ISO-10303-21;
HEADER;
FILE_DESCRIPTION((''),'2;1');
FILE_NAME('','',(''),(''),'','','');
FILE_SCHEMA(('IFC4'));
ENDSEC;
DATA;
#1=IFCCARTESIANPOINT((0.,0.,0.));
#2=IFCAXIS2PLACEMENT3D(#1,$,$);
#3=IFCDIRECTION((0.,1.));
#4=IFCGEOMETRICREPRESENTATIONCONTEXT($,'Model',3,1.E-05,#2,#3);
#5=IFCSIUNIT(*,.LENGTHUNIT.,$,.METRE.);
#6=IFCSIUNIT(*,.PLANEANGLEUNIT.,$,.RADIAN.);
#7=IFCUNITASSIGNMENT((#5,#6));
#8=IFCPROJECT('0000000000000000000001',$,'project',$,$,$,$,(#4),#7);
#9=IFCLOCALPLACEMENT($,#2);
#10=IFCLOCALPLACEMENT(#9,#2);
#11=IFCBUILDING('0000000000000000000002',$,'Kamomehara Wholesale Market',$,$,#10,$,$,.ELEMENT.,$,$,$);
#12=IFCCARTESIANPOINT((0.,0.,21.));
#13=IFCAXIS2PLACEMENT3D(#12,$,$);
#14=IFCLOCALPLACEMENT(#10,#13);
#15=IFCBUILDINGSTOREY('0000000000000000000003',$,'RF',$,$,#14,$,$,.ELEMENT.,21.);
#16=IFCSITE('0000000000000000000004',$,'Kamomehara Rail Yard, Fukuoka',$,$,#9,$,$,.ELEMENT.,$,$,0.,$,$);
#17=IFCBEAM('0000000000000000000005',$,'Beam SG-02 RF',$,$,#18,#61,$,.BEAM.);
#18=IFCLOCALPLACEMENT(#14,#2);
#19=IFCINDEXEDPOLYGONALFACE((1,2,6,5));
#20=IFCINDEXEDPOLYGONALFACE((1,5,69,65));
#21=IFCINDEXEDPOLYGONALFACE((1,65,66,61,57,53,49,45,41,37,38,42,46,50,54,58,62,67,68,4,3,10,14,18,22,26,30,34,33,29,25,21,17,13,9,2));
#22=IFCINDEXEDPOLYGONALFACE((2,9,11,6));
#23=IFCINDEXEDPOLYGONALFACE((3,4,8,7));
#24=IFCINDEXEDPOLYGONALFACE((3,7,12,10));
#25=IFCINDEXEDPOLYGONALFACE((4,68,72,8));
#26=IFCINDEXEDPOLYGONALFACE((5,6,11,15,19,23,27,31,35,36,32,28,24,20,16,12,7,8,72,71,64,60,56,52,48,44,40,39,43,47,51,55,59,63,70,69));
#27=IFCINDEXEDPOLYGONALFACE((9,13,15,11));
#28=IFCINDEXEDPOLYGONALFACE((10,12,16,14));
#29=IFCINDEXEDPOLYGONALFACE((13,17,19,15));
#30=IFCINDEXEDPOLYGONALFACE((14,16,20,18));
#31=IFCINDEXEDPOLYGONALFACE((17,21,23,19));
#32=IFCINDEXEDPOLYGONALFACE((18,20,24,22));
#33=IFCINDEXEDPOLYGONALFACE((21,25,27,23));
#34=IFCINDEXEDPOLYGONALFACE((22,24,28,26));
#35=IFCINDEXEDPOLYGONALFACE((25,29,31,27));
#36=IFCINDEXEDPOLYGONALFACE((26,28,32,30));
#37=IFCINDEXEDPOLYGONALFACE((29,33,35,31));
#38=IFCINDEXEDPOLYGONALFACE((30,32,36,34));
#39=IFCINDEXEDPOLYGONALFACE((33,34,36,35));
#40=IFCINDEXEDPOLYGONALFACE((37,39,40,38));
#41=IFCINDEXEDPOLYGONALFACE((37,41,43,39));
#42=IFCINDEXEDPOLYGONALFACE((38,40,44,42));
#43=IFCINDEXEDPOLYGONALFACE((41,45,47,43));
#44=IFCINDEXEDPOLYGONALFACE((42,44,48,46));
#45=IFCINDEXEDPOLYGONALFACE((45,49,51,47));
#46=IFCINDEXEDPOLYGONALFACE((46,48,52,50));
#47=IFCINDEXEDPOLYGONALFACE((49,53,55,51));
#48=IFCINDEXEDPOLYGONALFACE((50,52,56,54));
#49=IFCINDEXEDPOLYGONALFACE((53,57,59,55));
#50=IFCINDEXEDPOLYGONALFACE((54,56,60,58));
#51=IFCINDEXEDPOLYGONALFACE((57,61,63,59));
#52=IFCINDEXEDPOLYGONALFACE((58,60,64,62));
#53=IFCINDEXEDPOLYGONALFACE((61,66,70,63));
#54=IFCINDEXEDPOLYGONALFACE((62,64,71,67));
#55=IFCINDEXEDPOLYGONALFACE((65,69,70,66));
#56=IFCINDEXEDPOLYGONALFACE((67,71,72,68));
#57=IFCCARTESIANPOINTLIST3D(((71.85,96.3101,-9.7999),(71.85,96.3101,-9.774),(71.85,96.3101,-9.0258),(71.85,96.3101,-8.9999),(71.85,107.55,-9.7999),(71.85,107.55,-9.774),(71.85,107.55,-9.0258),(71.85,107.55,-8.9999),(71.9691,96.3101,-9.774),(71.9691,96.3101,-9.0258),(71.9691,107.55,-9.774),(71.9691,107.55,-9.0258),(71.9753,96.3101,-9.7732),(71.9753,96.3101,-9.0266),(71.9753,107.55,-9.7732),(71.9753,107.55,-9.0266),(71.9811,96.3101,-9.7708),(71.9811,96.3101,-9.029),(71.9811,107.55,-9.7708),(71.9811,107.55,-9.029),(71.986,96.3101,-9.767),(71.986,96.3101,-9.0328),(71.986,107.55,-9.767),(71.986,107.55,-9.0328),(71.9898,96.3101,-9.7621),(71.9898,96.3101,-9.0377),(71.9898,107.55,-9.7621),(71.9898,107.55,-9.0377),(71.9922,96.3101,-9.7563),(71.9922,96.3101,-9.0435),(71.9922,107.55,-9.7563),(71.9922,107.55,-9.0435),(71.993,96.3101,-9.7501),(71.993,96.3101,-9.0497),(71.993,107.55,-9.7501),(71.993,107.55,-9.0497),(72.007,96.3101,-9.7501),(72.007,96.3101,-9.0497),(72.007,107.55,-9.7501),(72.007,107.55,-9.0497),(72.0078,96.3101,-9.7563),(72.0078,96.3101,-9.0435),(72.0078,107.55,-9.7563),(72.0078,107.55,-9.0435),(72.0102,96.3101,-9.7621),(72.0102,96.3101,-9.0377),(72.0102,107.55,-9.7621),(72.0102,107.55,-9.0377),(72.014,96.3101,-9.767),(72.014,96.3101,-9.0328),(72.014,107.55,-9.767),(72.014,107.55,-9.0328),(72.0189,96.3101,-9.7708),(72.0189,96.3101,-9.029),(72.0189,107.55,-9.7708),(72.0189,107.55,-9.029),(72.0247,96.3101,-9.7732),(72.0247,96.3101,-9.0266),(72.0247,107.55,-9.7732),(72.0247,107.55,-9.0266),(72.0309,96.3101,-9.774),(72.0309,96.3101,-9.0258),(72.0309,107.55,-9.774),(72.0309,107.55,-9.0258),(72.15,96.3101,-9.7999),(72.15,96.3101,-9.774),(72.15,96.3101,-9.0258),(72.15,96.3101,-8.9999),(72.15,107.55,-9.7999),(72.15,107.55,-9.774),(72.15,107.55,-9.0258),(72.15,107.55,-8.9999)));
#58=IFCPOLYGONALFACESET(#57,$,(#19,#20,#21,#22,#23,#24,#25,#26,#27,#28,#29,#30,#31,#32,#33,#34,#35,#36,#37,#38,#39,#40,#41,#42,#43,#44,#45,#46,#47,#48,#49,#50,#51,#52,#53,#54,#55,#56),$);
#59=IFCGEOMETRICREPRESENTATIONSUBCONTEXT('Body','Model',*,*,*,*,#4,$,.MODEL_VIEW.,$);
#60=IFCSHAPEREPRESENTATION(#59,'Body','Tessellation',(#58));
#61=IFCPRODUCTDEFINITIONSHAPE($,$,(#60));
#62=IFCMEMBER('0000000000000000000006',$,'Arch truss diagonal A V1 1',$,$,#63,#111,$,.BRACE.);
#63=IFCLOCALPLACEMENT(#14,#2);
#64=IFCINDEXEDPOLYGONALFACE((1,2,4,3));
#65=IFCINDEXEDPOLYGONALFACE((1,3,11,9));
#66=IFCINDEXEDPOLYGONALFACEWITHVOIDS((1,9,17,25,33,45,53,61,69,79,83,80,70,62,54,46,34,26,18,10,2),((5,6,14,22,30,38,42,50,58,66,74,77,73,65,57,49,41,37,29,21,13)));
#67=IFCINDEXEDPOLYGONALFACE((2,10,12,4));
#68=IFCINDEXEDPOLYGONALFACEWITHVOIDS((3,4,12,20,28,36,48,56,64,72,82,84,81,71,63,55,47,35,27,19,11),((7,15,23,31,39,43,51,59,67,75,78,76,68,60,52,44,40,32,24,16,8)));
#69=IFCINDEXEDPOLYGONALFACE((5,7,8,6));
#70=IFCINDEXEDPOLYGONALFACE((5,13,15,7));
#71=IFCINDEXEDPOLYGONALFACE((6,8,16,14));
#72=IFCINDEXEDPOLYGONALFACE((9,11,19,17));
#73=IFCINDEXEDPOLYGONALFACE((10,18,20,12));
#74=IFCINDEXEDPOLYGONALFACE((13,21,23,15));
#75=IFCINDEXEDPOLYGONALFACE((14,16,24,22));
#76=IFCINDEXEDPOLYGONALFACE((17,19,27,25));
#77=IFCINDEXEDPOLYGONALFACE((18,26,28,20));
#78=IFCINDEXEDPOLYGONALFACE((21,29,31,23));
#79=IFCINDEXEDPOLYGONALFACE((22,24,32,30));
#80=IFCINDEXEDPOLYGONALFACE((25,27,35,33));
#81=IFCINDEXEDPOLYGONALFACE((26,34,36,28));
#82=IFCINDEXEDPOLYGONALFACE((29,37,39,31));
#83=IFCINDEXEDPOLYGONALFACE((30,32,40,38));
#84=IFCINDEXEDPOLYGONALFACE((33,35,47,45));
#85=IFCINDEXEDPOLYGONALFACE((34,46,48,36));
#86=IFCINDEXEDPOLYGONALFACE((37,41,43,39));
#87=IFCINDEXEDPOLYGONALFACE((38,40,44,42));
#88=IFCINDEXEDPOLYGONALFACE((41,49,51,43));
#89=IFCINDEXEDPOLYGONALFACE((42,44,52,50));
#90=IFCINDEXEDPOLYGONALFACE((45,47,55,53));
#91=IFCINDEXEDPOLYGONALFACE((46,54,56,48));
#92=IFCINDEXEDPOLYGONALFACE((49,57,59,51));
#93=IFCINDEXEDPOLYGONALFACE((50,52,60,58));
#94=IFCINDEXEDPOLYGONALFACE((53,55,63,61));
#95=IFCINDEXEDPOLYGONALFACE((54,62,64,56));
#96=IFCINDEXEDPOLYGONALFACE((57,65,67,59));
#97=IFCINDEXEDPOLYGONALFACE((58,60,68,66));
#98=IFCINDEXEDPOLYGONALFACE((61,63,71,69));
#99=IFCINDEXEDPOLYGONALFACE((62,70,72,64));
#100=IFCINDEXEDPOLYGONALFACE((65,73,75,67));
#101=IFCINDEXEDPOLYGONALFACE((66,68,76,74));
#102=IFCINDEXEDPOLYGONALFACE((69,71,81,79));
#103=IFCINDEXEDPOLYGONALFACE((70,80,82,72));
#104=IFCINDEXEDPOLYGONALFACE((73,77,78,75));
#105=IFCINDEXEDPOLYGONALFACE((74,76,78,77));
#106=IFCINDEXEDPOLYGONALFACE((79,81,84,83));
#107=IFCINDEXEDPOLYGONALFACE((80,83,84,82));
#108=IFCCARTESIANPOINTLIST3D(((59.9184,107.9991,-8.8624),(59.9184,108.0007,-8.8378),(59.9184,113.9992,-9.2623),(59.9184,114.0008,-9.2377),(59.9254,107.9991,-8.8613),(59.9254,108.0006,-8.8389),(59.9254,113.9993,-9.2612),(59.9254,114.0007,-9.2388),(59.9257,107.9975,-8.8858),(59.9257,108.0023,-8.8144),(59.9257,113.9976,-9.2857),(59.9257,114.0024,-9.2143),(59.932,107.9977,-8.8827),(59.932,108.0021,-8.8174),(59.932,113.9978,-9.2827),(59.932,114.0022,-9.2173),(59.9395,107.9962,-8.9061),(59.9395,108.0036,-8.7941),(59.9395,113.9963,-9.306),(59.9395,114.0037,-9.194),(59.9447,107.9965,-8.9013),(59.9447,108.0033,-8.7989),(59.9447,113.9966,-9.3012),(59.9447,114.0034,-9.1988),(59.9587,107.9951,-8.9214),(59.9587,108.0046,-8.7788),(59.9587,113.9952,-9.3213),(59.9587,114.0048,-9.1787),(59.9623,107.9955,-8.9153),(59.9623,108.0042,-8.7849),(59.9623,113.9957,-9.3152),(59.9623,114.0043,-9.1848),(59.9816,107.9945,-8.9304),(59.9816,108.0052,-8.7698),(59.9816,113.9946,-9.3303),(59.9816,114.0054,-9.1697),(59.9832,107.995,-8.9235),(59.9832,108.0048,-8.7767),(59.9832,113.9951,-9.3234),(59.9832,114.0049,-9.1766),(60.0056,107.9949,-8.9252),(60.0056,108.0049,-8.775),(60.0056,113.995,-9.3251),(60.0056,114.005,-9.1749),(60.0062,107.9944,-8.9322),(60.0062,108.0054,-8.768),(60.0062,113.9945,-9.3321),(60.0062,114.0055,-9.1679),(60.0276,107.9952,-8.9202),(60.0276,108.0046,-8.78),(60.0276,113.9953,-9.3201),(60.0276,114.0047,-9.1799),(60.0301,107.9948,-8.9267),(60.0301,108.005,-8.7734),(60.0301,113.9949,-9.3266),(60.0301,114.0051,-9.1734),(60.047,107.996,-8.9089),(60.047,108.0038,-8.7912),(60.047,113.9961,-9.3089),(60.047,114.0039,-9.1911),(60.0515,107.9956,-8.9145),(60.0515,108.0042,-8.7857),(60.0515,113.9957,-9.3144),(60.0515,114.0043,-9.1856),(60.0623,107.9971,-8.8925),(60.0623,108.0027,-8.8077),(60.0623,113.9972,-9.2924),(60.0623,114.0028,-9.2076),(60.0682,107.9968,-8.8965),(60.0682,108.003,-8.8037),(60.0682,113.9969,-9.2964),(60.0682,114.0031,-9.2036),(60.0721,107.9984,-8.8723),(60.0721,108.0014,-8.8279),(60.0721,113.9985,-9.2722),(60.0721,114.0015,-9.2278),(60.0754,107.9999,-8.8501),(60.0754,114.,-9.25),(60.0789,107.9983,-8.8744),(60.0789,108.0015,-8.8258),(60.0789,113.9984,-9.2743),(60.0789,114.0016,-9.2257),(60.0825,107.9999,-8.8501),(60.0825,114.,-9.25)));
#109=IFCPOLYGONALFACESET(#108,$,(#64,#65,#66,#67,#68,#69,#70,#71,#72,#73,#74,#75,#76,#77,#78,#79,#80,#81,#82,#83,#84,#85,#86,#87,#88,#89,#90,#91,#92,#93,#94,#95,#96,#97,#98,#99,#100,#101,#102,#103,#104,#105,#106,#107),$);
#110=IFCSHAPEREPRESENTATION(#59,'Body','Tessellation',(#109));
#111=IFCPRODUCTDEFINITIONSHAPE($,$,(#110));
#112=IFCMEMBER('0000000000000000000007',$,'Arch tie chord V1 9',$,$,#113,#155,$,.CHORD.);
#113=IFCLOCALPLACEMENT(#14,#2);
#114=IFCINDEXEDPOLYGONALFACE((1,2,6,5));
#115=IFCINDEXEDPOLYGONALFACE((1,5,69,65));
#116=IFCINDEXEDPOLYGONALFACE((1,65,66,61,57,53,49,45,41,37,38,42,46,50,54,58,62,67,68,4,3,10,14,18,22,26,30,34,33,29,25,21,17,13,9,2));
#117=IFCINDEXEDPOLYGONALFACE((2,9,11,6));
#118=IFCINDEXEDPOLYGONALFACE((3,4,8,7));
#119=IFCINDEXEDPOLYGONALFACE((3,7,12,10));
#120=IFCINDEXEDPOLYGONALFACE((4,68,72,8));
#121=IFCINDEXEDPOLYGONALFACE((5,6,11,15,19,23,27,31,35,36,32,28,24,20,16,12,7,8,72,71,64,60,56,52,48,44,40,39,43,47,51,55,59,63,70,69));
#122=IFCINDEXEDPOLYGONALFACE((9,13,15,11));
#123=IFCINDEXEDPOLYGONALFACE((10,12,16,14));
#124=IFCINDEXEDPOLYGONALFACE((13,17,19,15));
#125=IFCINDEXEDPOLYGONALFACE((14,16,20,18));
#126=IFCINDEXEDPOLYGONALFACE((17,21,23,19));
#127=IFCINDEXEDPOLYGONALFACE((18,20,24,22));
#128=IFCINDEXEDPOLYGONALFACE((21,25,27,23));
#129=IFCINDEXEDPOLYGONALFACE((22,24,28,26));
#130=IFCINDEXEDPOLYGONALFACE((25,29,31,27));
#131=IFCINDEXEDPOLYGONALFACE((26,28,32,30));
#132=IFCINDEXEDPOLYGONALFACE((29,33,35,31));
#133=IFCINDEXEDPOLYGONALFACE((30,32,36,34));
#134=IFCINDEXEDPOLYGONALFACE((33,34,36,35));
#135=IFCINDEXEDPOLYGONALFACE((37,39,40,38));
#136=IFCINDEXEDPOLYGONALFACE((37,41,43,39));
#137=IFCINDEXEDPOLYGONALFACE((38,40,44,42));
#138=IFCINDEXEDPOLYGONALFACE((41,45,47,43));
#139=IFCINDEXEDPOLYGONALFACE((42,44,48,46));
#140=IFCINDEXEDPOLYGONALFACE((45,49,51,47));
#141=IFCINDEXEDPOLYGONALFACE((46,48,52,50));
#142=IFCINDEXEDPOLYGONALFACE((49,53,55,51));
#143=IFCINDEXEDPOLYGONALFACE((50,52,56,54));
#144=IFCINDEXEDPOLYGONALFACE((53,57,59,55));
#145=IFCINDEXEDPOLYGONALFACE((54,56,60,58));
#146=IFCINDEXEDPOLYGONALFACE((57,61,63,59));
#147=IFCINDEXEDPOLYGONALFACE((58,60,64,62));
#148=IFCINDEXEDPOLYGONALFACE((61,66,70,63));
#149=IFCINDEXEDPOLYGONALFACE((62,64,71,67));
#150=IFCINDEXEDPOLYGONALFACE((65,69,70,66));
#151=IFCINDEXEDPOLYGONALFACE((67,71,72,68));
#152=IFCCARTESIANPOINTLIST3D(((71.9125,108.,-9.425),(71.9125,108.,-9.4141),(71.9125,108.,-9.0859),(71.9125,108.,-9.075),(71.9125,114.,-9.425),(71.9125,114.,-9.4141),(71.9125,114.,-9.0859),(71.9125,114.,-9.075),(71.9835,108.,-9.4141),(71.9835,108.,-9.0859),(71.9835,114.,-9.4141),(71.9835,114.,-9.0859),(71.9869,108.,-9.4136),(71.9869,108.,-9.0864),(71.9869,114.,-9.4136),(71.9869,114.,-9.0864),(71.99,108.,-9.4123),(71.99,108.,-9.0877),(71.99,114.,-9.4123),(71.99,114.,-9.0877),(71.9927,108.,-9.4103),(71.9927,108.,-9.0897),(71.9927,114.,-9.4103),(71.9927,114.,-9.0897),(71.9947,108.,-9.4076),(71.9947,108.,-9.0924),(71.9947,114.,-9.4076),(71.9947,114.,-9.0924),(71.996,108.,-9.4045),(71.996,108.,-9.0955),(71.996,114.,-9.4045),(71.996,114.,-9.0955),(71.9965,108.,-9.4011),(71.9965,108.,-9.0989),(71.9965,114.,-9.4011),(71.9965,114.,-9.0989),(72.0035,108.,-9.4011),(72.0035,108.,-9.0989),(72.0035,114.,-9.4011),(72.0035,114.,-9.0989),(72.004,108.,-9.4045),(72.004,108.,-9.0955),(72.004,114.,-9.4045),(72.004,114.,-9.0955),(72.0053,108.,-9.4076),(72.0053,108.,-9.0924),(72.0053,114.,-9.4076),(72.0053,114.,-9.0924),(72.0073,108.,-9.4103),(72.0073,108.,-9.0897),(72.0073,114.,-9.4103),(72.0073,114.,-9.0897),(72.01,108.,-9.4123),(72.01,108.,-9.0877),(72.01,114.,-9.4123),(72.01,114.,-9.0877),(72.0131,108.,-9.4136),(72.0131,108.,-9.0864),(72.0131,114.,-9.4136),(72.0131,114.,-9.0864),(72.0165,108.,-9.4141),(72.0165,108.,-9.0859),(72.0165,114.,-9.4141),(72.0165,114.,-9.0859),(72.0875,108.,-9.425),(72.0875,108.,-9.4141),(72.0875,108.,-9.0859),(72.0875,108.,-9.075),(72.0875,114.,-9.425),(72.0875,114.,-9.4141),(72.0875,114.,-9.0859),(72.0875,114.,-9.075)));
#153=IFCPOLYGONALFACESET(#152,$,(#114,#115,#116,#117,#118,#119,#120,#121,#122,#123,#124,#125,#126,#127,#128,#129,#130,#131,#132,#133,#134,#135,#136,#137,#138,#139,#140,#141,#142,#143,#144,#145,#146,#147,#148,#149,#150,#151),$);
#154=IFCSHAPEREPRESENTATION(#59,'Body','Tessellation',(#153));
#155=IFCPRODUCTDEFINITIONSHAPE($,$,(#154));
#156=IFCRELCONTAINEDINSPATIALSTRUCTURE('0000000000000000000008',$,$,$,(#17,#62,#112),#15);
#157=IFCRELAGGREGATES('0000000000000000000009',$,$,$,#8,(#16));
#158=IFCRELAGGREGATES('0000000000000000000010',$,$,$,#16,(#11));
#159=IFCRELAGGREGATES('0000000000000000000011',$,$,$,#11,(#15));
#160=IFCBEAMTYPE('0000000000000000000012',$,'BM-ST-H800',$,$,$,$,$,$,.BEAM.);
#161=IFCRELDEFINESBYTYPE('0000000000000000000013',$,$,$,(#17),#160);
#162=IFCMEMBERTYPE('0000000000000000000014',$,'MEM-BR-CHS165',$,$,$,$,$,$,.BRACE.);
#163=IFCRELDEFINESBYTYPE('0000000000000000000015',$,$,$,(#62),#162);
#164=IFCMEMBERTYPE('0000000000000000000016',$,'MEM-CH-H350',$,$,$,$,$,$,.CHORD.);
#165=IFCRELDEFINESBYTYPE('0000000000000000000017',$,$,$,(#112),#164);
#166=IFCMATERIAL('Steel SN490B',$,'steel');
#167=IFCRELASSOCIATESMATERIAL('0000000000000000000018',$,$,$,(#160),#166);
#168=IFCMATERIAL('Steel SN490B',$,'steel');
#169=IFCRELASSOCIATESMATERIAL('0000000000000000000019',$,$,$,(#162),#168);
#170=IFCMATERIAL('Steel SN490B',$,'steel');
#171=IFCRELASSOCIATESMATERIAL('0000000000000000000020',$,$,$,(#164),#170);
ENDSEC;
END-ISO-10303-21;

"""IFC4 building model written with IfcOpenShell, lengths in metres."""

from ifc_helpers import new_model, si_unit, direction, frame, origin, origin_2d, place, context, subcontext, project, spatial, hollow_circle, i_section, extrude, material, material_profile, profile_set, type_object, element, save


model = new_model("IFC4")

# Units and contexts
model_context = context("Model", 3, precision=1e-05, world=origin(), true_north=direction((0.0, 1.0)))
body_context = subcontext(model_context, "Body", "Model", "MODEL_VIEW")
ifc_project = project(units=[si_unit("LENGTHUNIT", "METRE"), si_unit("PLANEANGLEUNIT", "RADIAN")], contexts=[model_context])

# Site, building, storey
site_placement = place(None, origin())
site = spatial("IfcSite", under=ifc_project, at=site_placement, Name="Kamomehara Rail Yard, Fukuoka", CompositionType="ELEMENT", RefElevation=0.0)
building_placement = place(site_placement, origin())
building = spatial("IfcBuilding", under=site, at=building_placement, Name="Kamomehara Wholesale Market", CompositionType="ELEMENT")
storey_placement = place(building_placement, frame((0.0, 0.0, 21.0)))
storey = spatial("IfcBuildingStorey", under=building, at=storey_placement, Name="RF", CompositionType="ELEMENT", Elevation=21.0)

# Beam
ifc_material_1 = material(Name="Steel SN490B", Category="steel")
ifc_material_profile_1 = material_profile(ifc_material_1, i_section(OverallWidth=0.3, OverallDepth=0.8, WebThickness=0.0139, FlangeThickness=0.0259, FilletRadius=0.0239, at=origin_2d()), Name="H-800x300x14x26")
ifc_profile_set_1 = profile_set([ifc_material_profile_1], Name="Steel SN490B")
beam_type_1 = type_object("IfcBeamType", Name="BM-ST-H800", PredefinedType="BEAM", material=ifc_profile_set_1)
beam_1_placement = place(storey_placement, frame((72.0, 96.3101, -9.3999), z_axis=(0.0, 1.0, 0.0), x_axis=(-1.0, 0.0, 0.0)))
element("IfcBeam", 1, at=beam_1_placement, inside=storey, type_object=beam_type_1, Name="Beam SG-02 RF", PredefinedType="BEAM", context=body_context, shape_type="SweptSolid", body=[
    extrude(i_section(OverallWidth=0.3, OverallDepth=0.8, WebThickness=0.0139, FlangeThickness=0.0259, FilletRadius=0.0239, at=origin_2d()), origin(), (0.0, 0.0, 1.0), 11.24),
])

# Members
ifc_material_2 = material(Name="Steel SN490B", Category="steel")
ifc_material_profile_2 = material_profile(ifc_material_2, hollow_circle(Radius=0.0825, WallThickness=0.0071, at=origin_2d()), Name="CHS-165.2x7.1")
ifc_profile_set_2 = profile_set([ifc_material_profile_2], Name="Steel SN490B")
member_type_1 = type_object("IfcMemberType", Name="MEM-BR-CHS165", PredefinedType="BRACE", material=ifc_profile_set_2)
member_1_placement = place(storey_placement, frame((60.0, 114.0, -9.25), z_axis=(0.0, -0.997786, 0.066503), x_axis=(1.0, 0.0, 0.0)))
element("IfcMember", 2, at=member_1_placement, inside=storey, type_object=member_type_1, Name="Arch truss diagonal A V1 1", PredefinedType="BRACE", context=body_context, shape_type="SweptSolid", body=[
    extrude(hollow_circle(Radius=0.0825, WallThickness=0.0071, at=origin_2d()), origin(), (0.0, 0.0, 1.0), 6.0134),
])
ifc_material_3 = material(Name="Steel SN490B", Category="steel")
ifc_material_profile_3 = material_profile(ifc_material_3, i_section(OverallWidth=0.175, OverallDepth=0.3501, WebThickness=0.0071, FlangeThickness=0.011, FilletRadius=0.0129, at=origin_2d()), Name="H-350x175x7x11")
ifc_profile_set_3 = profile_set([ifc_material_profile_3], Name="Steel SN490B")
member_type_2 = type_object("IfcMemberType", Name="MEM-CH-H350", PredefinedType="CHORD", material=ifc_profile_set_3)
member_2_placement = place(storey_placement, frame((72.0, 108.0, -9.25), z_axis=(0.0, 1.0, 0.0), x_axis=(-1.0, 0.0, 0.0)))
element("IfcMember", 3, at=member_2_placement, inside=storey, type_object=member_type_2, Name="Arch tie chord V1 9", PredefinedType="CHORD", context=body_context, shape_type="SweptSolid", body=[
    extrude(i_section(OverallWidth=0.175, OverallDepth=0.3501, WebThickness=0.0071, FlangeThickness=0.011, FilletRadius=0.0129, at=origin_2d()), origin(), (0.0, 0.0, 1.0), 6.0),
])

save(model, "model.ifc")
